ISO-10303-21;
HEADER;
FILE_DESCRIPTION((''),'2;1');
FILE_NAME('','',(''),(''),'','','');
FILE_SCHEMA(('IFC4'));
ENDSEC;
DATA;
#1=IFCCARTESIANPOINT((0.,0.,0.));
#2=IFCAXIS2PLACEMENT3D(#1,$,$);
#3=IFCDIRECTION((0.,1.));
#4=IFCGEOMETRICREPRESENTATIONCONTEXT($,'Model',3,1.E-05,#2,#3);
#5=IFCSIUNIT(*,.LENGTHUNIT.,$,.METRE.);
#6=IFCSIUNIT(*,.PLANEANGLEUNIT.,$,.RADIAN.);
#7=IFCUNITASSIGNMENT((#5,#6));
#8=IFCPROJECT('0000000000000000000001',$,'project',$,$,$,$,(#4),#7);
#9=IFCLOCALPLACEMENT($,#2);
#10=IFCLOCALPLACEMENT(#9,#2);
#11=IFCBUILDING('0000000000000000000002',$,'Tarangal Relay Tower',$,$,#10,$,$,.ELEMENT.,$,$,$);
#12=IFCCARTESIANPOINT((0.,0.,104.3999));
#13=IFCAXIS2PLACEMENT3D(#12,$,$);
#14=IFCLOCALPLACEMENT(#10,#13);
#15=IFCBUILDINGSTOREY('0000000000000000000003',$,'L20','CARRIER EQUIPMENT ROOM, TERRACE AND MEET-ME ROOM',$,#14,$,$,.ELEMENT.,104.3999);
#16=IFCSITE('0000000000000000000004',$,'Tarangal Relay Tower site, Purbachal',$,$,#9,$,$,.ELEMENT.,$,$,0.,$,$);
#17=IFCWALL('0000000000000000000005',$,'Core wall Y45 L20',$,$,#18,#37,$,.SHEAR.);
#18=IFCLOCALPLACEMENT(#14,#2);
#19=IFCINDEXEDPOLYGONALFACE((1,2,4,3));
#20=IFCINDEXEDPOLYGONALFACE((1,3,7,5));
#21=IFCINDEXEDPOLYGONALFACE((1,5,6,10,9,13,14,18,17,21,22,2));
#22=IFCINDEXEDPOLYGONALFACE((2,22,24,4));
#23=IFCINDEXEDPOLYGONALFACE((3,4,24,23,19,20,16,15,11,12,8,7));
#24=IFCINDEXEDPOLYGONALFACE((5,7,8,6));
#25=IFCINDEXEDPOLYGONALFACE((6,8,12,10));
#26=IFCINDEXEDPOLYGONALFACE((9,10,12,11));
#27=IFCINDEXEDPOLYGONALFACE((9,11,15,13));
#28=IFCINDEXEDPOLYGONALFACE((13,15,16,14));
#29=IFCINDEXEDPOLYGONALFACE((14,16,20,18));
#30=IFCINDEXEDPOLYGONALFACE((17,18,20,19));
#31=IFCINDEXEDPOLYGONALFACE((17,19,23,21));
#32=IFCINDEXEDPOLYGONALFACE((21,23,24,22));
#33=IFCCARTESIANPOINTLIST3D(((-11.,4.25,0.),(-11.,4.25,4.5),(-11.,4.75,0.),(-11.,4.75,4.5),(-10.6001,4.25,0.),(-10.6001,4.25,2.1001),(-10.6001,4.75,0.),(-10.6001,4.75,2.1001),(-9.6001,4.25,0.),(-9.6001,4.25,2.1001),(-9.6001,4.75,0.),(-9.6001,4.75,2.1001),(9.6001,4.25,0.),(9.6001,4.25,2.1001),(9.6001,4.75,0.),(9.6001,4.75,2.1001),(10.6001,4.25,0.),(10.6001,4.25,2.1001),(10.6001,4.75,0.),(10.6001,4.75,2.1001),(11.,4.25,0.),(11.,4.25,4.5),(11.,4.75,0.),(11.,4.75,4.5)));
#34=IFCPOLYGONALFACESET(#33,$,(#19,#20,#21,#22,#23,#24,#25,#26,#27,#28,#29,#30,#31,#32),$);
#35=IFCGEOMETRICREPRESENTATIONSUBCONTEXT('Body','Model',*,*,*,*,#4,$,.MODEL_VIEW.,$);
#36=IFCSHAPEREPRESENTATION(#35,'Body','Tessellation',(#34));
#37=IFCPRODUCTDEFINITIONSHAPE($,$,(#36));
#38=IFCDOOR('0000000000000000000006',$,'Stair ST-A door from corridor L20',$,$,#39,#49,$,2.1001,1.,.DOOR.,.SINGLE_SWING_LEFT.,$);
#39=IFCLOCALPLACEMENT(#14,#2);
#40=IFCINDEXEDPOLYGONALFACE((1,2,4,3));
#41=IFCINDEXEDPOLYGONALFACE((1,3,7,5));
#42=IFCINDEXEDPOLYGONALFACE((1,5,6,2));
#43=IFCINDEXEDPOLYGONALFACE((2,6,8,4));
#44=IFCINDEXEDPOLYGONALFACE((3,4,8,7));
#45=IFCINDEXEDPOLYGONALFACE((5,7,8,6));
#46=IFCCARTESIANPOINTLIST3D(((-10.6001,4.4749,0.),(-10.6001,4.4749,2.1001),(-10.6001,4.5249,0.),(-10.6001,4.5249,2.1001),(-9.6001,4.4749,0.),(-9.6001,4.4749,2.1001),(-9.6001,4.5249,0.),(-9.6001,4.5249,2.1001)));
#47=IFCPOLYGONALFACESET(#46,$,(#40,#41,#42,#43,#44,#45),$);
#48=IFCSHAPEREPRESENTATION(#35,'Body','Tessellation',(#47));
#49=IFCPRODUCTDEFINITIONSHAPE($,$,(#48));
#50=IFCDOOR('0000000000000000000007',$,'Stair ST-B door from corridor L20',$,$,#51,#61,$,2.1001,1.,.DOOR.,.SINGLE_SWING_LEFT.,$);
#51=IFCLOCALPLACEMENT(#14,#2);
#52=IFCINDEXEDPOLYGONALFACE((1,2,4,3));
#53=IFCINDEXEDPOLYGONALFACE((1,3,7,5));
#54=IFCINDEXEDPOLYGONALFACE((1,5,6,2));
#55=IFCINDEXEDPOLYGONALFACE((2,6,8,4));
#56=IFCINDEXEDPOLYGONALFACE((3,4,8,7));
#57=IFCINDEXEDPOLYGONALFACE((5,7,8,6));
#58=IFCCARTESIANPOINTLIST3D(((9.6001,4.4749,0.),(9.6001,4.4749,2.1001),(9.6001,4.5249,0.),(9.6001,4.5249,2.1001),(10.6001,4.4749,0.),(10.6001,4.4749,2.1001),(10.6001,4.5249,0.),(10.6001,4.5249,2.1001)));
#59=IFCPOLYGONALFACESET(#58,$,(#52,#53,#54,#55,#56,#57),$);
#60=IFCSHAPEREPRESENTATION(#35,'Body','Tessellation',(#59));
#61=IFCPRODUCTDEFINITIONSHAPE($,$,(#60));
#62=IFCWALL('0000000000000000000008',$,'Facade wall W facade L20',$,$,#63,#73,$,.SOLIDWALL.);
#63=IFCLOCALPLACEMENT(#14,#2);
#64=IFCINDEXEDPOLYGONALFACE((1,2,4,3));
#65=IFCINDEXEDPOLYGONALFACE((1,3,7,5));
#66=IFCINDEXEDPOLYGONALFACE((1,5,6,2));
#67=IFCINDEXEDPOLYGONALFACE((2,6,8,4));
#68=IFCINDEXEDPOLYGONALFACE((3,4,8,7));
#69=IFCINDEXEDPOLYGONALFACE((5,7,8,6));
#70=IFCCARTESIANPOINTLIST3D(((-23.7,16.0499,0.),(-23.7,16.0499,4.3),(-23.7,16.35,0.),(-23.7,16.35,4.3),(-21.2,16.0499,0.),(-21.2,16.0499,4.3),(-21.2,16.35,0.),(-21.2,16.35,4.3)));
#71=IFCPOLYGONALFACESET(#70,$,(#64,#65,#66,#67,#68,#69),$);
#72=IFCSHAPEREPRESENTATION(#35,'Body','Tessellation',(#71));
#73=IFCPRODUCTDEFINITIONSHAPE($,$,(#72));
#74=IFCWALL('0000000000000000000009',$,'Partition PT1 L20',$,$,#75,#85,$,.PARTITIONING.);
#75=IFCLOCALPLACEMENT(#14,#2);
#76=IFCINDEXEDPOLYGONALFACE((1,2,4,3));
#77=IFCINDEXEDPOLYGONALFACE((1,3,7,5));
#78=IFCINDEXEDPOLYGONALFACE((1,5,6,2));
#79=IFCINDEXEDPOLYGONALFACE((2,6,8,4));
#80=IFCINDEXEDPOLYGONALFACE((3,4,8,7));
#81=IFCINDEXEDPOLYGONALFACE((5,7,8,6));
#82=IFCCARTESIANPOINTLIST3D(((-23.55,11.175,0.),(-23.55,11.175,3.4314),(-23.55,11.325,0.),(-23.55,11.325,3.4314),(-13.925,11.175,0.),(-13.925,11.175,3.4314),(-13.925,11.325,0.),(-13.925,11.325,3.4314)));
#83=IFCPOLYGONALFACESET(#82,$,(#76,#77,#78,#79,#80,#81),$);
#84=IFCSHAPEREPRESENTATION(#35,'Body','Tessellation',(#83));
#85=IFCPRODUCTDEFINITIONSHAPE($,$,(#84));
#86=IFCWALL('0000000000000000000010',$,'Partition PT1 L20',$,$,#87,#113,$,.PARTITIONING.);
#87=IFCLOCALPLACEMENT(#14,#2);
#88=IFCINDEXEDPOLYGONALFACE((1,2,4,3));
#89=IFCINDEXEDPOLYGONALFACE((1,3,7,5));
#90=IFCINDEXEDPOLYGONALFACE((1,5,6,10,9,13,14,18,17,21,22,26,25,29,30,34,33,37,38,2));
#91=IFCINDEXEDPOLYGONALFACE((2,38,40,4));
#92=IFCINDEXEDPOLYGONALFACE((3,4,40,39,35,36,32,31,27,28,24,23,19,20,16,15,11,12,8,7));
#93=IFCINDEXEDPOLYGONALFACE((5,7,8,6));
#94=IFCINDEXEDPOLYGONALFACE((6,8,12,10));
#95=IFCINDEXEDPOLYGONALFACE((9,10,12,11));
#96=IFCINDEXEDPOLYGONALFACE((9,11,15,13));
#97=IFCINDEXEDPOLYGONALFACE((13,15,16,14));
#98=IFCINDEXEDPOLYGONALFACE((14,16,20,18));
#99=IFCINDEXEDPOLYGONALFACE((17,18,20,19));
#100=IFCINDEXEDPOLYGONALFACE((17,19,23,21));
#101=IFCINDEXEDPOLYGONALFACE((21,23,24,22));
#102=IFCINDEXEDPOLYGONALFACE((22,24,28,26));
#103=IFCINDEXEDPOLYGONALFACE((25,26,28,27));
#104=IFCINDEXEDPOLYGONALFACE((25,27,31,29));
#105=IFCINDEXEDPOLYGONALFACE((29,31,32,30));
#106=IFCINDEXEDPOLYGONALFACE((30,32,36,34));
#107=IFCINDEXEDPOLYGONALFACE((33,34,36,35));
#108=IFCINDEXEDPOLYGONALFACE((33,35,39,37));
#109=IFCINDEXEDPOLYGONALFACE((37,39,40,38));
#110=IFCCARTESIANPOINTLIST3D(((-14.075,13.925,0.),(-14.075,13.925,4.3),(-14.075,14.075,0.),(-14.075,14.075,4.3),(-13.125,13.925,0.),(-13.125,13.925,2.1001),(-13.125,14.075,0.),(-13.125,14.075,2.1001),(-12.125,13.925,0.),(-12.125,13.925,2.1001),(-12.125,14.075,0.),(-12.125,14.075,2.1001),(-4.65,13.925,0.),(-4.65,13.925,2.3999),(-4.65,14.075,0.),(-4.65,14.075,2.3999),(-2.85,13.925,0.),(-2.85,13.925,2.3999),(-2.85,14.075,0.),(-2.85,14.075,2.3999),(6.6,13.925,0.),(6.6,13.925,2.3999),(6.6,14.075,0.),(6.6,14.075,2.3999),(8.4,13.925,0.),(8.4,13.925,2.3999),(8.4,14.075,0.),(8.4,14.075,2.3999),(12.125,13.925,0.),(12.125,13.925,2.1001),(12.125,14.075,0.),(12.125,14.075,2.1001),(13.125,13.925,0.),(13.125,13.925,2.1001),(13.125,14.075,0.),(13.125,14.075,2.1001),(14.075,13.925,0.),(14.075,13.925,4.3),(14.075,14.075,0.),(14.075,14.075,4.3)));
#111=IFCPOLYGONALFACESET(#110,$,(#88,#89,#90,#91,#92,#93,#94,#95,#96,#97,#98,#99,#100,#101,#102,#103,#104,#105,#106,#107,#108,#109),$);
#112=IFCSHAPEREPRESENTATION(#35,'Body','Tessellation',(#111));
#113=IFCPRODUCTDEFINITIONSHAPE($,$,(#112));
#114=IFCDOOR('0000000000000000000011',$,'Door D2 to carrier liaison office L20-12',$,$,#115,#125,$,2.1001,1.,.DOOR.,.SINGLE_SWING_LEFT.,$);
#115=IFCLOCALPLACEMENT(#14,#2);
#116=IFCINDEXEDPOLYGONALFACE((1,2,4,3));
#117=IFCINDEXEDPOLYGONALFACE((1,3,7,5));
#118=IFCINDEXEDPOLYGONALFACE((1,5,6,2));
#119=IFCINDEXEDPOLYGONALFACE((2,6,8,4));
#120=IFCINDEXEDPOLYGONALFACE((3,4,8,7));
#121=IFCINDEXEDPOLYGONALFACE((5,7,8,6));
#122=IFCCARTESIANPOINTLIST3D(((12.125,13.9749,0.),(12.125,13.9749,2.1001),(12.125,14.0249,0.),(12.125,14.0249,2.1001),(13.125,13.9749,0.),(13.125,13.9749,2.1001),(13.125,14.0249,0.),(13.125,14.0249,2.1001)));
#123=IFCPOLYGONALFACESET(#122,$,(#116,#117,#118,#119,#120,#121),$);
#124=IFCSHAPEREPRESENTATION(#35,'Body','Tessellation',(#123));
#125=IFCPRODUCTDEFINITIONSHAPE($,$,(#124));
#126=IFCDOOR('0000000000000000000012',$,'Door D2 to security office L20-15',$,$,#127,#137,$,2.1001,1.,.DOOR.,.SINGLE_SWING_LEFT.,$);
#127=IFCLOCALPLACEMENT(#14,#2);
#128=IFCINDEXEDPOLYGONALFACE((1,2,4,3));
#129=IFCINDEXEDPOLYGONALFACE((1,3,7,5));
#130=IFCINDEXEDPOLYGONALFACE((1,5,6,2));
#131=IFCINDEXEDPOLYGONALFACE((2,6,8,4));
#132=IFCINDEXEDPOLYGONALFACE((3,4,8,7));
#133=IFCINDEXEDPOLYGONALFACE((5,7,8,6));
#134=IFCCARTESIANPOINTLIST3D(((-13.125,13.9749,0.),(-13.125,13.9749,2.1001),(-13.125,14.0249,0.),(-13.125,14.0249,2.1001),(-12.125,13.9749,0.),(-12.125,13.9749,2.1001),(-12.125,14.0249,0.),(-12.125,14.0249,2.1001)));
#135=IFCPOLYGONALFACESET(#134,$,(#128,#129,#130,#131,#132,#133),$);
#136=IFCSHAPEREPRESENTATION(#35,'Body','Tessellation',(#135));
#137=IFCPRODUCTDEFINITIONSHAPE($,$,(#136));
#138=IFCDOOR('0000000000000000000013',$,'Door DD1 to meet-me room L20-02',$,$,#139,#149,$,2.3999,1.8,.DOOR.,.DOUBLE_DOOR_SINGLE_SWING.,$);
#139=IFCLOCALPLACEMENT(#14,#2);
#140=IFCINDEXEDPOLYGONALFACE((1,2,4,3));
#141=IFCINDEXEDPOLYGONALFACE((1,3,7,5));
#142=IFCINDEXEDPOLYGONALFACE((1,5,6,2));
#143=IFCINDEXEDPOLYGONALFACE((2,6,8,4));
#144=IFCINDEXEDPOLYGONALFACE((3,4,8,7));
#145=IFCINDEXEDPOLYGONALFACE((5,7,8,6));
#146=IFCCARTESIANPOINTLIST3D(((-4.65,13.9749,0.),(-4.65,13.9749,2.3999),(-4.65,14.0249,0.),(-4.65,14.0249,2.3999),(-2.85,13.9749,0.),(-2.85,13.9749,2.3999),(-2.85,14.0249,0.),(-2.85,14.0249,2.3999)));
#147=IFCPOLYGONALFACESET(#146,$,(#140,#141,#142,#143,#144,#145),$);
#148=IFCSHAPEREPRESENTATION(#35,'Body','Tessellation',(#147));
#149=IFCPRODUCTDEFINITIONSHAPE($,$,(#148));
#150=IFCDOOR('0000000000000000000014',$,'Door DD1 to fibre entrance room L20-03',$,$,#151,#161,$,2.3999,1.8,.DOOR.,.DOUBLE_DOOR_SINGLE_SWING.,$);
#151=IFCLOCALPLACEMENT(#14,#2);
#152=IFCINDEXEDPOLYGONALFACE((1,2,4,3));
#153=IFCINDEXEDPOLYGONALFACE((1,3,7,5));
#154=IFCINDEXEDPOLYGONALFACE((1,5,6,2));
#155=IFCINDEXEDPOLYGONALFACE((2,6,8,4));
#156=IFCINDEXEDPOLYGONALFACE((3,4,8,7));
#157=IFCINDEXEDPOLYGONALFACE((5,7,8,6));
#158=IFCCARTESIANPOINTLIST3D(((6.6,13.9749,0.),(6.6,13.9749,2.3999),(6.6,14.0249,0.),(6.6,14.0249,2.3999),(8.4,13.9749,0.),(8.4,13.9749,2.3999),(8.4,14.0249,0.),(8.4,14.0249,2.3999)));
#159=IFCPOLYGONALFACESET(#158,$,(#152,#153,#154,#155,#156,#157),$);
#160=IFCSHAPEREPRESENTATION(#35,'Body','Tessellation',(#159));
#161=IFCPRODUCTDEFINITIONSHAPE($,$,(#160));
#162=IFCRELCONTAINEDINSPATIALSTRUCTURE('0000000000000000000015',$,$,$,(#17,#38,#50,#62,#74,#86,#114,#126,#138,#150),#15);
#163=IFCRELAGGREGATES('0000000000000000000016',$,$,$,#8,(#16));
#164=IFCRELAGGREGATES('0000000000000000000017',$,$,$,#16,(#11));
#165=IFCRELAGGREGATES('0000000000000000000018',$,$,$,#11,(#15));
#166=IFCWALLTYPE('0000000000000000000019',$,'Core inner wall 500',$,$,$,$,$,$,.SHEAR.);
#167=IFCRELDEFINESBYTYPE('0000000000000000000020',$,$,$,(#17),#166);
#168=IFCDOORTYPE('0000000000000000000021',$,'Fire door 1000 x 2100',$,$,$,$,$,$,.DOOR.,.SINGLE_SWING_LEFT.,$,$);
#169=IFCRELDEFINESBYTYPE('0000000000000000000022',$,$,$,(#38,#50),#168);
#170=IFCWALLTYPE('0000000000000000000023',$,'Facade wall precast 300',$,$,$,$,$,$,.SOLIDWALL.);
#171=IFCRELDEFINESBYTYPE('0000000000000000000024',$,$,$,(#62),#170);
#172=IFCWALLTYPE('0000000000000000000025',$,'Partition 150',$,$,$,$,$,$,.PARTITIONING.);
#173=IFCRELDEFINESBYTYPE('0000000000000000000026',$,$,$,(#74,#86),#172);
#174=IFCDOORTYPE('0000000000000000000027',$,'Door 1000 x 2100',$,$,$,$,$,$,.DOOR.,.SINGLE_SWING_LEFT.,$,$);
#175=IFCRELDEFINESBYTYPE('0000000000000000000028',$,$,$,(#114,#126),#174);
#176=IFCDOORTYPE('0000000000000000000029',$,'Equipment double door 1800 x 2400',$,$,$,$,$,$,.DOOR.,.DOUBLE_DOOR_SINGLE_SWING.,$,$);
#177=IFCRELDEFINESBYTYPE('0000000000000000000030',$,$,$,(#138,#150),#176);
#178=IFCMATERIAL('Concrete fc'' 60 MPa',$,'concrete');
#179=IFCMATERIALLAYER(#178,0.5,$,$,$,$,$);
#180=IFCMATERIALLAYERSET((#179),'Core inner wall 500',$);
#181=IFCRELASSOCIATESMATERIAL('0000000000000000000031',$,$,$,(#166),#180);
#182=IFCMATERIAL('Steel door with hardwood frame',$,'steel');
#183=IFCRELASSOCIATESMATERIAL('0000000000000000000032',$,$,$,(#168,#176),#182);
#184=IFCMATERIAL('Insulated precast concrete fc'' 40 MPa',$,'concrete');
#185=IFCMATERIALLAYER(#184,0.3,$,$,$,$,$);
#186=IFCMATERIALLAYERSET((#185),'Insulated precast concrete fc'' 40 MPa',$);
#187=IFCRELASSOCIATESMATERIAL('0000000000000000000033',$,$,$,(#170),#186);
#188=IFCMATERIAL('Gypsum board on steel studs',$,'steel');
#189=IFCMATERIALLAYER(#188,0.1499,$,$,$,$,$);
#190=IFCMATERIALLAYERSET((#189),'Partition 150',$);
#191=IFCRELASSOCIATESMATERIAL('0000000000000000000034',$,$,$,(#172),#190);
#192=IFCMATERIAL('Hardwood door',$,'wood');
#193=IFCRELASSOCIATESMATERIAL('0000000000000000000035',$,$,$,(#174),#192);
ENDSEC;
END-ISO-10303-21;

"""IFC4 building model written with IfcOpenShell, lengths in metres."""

from ifc_helpers import new_model, si_unit, direction, frame, frame_2d, origin, place, context, subcontext, project, spatial, rectangle, extrude, material, layer, layer_set, type_object, element, fill, save


model = new_model("IFC4")

# Units and contexts
model_context = context("Model", 3, precision=1e-05, world=origin(), true_north=direction((0.0, 1.0)))
body_context = subcontext(model_context, "Body", "Model", "MODEL_VIEW")
ifc_project = project(units=[si_unit("LENGTHUNIT", "METRE"), si_unit("PLANEANGLEUNIT", "RADIAN")], contexts=[model_context])

# Site, building, storey
site_placement = place(None, origin())
site = spatial("IfcSite", under=ifc_project, at=site_placement, Name="Tarangal Relay Tower site, Purbachal", CompositionType="ELEMENT", RefElevation=0.0)
building_placement = place(site_placement, origin())
building = spatial("IfcBuilding", under=site, at=building_placement, Name="Tarangal Relay Tower", CompositionType="ELEMENT")
storey_placement = place(building_placement, frame((0.0, 0.0, 104.3999)))
storey = spatial("IfcBuildingStorey", under=building, at=storey_placement, Name="L20", Description="CARRIER EQUIPMENT ROOM, TERRACE AND MEET-ME ROOM", CompositionType="ELEMENT", Elevation=104.3999)

# Wall, openings, doors
ifc_material_1 = material(Name="Concrete fc' 60 MPa", Category="concrete")
ifc_layer_1 = layer(ifc_material_1, 0.5)
ifc_layer_set_1 = layer_set([ifc_layer_1], Name="Core inner wall 500")
wall_type_1 = type_object("IfcWallType", Name="Core inner wall 500", PredefinedType="SHEAR", material=ifc_layer_set_1)
wall_1_placement = place(storey_placement, frame((-11.0, 4.5, 0.0), z_axis=(0.0, 0.0, 1.0), x_axis=(1.0, 0.0, 0.0)))
wall_1 = element("IfcWall", 1, at=wall_1_placement, inside=storey, type_object=wall_type_1, Name="Core wall Y45 L20", PredefinedType="SHEAR", context=body_context, shape_type="SweptSolid", body=[
    extrude(rectangle(XDim=22.0, YDim=0.5, at=frame_2d((11.0, 0.0))), origin(), (0.0, 0.0, 1.0), 4.5),
])
opening_1_placement = place(wall_1_placement, frame((0.3999, 0.0, 0.0)))
opening_1 = element("IfcOpeningElement", 2, at=opening_1_placement, cuts=wall_1, PredefinedType="OPENING", context=body_context, shape_type="SweptSolid", body=[
    extrude(rectangle(XDim=1.0, YDim=2.1001, at=frame_2d((0.5, 1.05))), frame((0.0, 0.26, 0.0), z_axis=(0.0, -1.0, 0.0), x_axis=(1.0, 0.0, 0.0)), (0.0, 0.0, 1.0), 0.52),
])
opening_2_placement = place(wall_1_placement, frame((20.6001, 0.0, 0.0)))
opening_2 = element("IfcOpeningElement", 3, at=opening_2_placement, cuts=wall_1, PredefinedType="OPENING", context=body_context, shape_type="SweptSolid", body=[
    extrude(rectangle(XDim=1.0, YDim=2.1001, at=frame_2d((0.5, 1.05))), frame((0.0, 0.26, 0.0), z_axis=(0.0, -1.0, 0.0), x_axis=(1.0, 0.0, 0.0)), (0.0, 0.0, 1.0), 0.52),
])
ifc_material_2 = material(Name="Steel door with hardwood frame", Category="steel")
door_type_1 = type_object("IfcDoorType", Name="Fire door 1000 x 2100", OperationType="SINGLE_SWING_LEFT", PredefinedType="DOOR", material=ifc_material_2)
door_1_placement = place(opening_1_placement, origin())
door_1 = element("IfcDoor", 4, at=door_1_placement, inside=storey, type_object=door_type_1, Name="Stair ST-A door from corridor L20", OperationType="SINGLE_SWING_LEFT", OverallHeight=2.1001, OverallWidth=1.0, PredefinedType="DOOR", context=body_context, shape_type="SweptSolid", body=[
    extrude(rectangle(XDim=1.0, YDim=2.1001, at=frame_2d((0.5, 1.05))), frame((0.0, 0.0249, 0.0), z_axis=(0.0, -1.0, 0.0), x_axis=(1.0, 0.0, 0.0)), (0.0, 0.0, 1.0), 0.05),
])
fill(opening_1, door_1)
door_2_placement = place(opening_2_placement, origin())
door_2 = element("IfcDoor", 5, at=door_2_placement, inside=storey, type_object=door_type_1, Name="Stair ST-B door from corridor L20", OperationType="SINGLE_SWING_LEFT", OverallHeight=2.1001, OverallWidth=1.0, PredefinedType="DOOR", context=body_context, shape_type="SweptSolid", body=[
    extrude(rectangle(XDim=1.0, YDim=2.1001, at=frame_2d((0.5, 1.05))), frame((0.0, 0.0249, 0.0), z_axis=(0.0, -1.0, 0.0), x_axis=(1.0, 0.0, 0.0)), (0.0, 0.0, 1.0), 0.05),
])
fill(opening_2, door_2)

# Walls
ifc_material_3 = material(Name="Insulated precast concrete fc' 40 MPa", Category="concrete")
ifc_layer_2 = layer(ifc_material_3, 0.3)
ifc_layer_set_2 = layer_set([ifc_layer_2], Name="Insulated precast concrete fc' 40 MPa")
wall_type_2 = type_object("IfcWallType", Name="Facade wall precast 300", PredefinedType="SOLIDWALL", material=ifc_layer_set_2)
wall_2_placement = place(storey_placement, frame((-23.7, 16.2, 0.0), z_axis=(0.0, 0.0, 1.0), x_axis=(1.0, 0.0, 0.0)))
element("IfcWall", 6, at=wall_2_placement, inside=storey, type_object=wall_type_2, Name="Facade wall W facade L20", PredefinedType="SOLIDWALL", context=body_context, shape_type="SweptSolid", body=[
    extrude(rectangle(XDim=2.5, YDim=0.3, at=frame_2d((1.25, 0.0))), origin(), (0.0, 0.0, 1.0), 4.3),
])
ifc_material_4 = material(Name="Gypsum board on steel studs", Category="steel")
ifc_layer_3 = layer(ifc_material_4, 0.1499)
ifc_layer_set_3 = layer_set([ifc_layer_3], Name="Partition 150")
wall_type_3 = type_object("IfcWallType", Name="Partition 150", PredefinedType="PARTITIONING", material=ifc_layer_set_3)
wall_3_placement = place(storey_placement, frame((-23.55, 11.25, 0.0), z_axis=(0.0, 0.0, 1.0), x_axis=(1.0, 0.0, 0.0)))
element("IfcWall", 7, at=wall_3_placement, inside=storey, type_object=wall_type_3, Name="Partition PT1 L20", PredefinedType="PARTITIONING", context=body_context, shape_type="SweptSolid", body=[
    extrude(rectangle(XDim=9.625, YDim=0.1499, at=frame_2d((4.8125, 0.0))), origin(), (0.0, 0.0, 1.0), 3.4314),
])

# Wall, openings, doors
wall_4_placement = place(storey_placement, frame((-14.075, 14.0, 0.0), z_axis=(0.0, 0.0, 1.0), x_axis=(1.0, 0.0, 0.0)))
wall_4 = element("IfcWall", 8, at=wall_4_placement, inside=storey, type_object=wall_type_3, Name="Partition PT1 L20", PredefinedType="PARTITIONING", context=body_context, shape_type="SweptSolid", body=[
    extrude(rectangle(XDim=28.1499, YDim=0.1499, at=frame_2d((14.075, 0.0))), origin(), (0.0, 0.0, 1.0), 4.3),
])
opening_3_placement = place(wall_4_placement, frame((9.425, 0.0, 0.0)))
opening_3 = element("IfcOpeningElement", 9, at=opening_3_placement, cuts=wall_4, PredefinedType="OPENING", context=body_context, shape_type="SweptSolid", body=[
    extrude(rectangle(XDim=1.8, YDim=2.3999, at=frame_2d((0.8999, 1.2))), frame((0.0, 0.085, 0.0), z_axis=(0.0, -1.0, 0.0), x_axis=(1.0, 0.0, 0.0)), (0.0, 0.0, 1.0), 0.1699),
])
opening_4_placement = place(wall_4_placement, frame((20.675, 0.0, 0.0)))
opening_4 = element("IfcOpeningElement", 10, at=opening_4_placement, cuts=wall_4, PredefinedType="OPENING", context=body_context, shape_type="SweptSolid", body=[
    extrude(rectangle(XDim=1.8, YDim=2.3999, at=frame_2d((0.8999, 1.2))), frame((0.0, 0.085, 0.0), z_axis=(0.0, -1.0, 0.0), x_axis=(1.0, 0.0, 0.0)), (0.0, 0.0, 1.0), 0.1699),
])
opening_5_placement = place(wall_4_placement, frame((26.2, 0.0, 0.0)))
opening_5 = element("IfcOpeningElement", 11, at=opening_5_placement, cuts=wall_4, PredefinedType="OPENING", context=body_context, shape_type="SweptSolid", body=[
    extrude(rectangle(XDim=1.0, YDim=2.1001, at=frame_2d((0.5, 1.05))), frame((0.0, 0.085, 0.0), z_axis=(0.0, -1.0, 0.0), x_axis=(1.0, 0.0, 0.0)), (0.0, 0.0, 1.0), 0.1699),
])
opening_6_placement = place(wall_4_placement, frame((0.95, 0.0, 0.0)))
opening_6 = element("IfcOpeningElement", 12, at=opening_6_placement, cuts=wall_4, PredefinedType="OPENING", context=body_context, shape_type="SweptSolid", body=[
    extrude(rectangle(XDim=1.0, YDim=2.1001, at=frame_2d((0.5, 1.05))), frame((0.0, 0.085, 0.0), z_axis=(0.0, -1.0, 0.0), x_axis=(1.0, 0.0, 0.0)), (0.0, 0.0, 1.0), 0.1699),
])
ifc_material_5 = material(Name="Hardwood door", Category="wood")
door_type_2 = type_object("IfcDoorType", Name="Door 1000 x 2100", OperationType="SINGLE_SWING_LEFT", PredefinedType="DOOR", material=ifc_material_5)
door_3_placement = place(opening_5_placement, origin())
door_3 = element("IfcDoor", 13, at=door_3_placement, inside=storey, type_object=door_type_2, Name="Door D2 to carrier liaison office L20-12", OperationType="SINGLE_SWING_LEFT", OverallHeight=2.1001, OverallWidth=1.0, PredefinedType="DOOR", context=body_context, shape_type="SweptSolid", body=[
    extrude(rectangle(XDim=1.0, YDim=2.1001, at=frame_2d((0.5, 1.05))), frame((0.0, 0.0249, 0.0), z_axis=(0.0, -1.0, 0.0), x_axis=(1.0, 0.0, 0.0)), (0.0, 0.0, 1.0), 0.05),
])
fill(opening_5, door_3)
door_4_placement = place(opening_6_placement, origin())
door_4 = element("IfcDoor", 14, at=door_4_placement, inside=storey, type_object=door_type_2, Name="Door D2 to security office L20-15", OperationType="SINGLE_SWING_LEFT", OverallHeight=2.1001, OverallWidth=1.0, PredefinedType="DOOR", context=body_context, shape_type="SweptSolid", body=[
    extrude(rectangle(XDim=1.0, YDim=2.1001, at=frame_2d((0.5, 1.05))), frame((0.0, 0.0249, 0.0), z_axis=(0.0, -1.0, 0.0), x_axis=(1.0, 0.0, 0.0)), (0.0, 0.0, 1.0), 0.05),
])
fill(opening_6, door_4)
door_type_3 = type_object("IfcDoorType", Name="Equipment double door 1800 x 2400", OperationType="DOUBLE_DOOR_SINGLE_SWING", PredefinedType="DOOR", material=ifc_material_2)
door_5_placement = place(opening_3_placement, origin())
door_5 = element("IfcDoor", 15, at=door_5_placement, inside=storey, type_object=door_type_3, Name="Door DD1 to meet-me room L20-02", OperationType="DOUBLE_DOOR_SINGLE_SWING", OverallHeight=2.3999, OverallWidth=1.8, PredefinedType="DOOR", context=body_context, shape_type="SweptSolid", body=[
    extrude(rectangle(XDim=1.8, YDim=2.3999, at=frame_2d((0.8999, 1.2))), frame((0.0, 0.0249, 0.0), z_axis=(0.0, -1.0, 0.0), x_axis=(1.0, 0.0, 0.0)), (0.0, 0.0, 1.0), 0.05),
])
fill(opening_3, door_5)
door_6_placement = place(opening_4_placement, origin())
door_6 = element("IfcDoor", 16, at=door_6_placement, inside=storey, type_object=door_type_3, Name="Door DD1 to fibre entrance room L20-03", OperationType="DOUBLE_DOOR_SINGLE_SWING", OverallHeight=2.3999, OverallWidth=1.8, PredefinedType="DOOR", context=body_context, shape_type="SweptSolid", body=[
    extrude(rectangle(XDim=1.8, YDim=2.3999, at=frame_2d((0.8999, 1.2))), frame((0.0, 0.0249, 0.0), z_axis=(0.0, -1.0, 0.0), x_axis=(1.0, 0.0, 0.0)), (0.0, 0.0, 1.0), 0.05),
])
fill(opening_4, door_6)

save(model, "model.ifc")
